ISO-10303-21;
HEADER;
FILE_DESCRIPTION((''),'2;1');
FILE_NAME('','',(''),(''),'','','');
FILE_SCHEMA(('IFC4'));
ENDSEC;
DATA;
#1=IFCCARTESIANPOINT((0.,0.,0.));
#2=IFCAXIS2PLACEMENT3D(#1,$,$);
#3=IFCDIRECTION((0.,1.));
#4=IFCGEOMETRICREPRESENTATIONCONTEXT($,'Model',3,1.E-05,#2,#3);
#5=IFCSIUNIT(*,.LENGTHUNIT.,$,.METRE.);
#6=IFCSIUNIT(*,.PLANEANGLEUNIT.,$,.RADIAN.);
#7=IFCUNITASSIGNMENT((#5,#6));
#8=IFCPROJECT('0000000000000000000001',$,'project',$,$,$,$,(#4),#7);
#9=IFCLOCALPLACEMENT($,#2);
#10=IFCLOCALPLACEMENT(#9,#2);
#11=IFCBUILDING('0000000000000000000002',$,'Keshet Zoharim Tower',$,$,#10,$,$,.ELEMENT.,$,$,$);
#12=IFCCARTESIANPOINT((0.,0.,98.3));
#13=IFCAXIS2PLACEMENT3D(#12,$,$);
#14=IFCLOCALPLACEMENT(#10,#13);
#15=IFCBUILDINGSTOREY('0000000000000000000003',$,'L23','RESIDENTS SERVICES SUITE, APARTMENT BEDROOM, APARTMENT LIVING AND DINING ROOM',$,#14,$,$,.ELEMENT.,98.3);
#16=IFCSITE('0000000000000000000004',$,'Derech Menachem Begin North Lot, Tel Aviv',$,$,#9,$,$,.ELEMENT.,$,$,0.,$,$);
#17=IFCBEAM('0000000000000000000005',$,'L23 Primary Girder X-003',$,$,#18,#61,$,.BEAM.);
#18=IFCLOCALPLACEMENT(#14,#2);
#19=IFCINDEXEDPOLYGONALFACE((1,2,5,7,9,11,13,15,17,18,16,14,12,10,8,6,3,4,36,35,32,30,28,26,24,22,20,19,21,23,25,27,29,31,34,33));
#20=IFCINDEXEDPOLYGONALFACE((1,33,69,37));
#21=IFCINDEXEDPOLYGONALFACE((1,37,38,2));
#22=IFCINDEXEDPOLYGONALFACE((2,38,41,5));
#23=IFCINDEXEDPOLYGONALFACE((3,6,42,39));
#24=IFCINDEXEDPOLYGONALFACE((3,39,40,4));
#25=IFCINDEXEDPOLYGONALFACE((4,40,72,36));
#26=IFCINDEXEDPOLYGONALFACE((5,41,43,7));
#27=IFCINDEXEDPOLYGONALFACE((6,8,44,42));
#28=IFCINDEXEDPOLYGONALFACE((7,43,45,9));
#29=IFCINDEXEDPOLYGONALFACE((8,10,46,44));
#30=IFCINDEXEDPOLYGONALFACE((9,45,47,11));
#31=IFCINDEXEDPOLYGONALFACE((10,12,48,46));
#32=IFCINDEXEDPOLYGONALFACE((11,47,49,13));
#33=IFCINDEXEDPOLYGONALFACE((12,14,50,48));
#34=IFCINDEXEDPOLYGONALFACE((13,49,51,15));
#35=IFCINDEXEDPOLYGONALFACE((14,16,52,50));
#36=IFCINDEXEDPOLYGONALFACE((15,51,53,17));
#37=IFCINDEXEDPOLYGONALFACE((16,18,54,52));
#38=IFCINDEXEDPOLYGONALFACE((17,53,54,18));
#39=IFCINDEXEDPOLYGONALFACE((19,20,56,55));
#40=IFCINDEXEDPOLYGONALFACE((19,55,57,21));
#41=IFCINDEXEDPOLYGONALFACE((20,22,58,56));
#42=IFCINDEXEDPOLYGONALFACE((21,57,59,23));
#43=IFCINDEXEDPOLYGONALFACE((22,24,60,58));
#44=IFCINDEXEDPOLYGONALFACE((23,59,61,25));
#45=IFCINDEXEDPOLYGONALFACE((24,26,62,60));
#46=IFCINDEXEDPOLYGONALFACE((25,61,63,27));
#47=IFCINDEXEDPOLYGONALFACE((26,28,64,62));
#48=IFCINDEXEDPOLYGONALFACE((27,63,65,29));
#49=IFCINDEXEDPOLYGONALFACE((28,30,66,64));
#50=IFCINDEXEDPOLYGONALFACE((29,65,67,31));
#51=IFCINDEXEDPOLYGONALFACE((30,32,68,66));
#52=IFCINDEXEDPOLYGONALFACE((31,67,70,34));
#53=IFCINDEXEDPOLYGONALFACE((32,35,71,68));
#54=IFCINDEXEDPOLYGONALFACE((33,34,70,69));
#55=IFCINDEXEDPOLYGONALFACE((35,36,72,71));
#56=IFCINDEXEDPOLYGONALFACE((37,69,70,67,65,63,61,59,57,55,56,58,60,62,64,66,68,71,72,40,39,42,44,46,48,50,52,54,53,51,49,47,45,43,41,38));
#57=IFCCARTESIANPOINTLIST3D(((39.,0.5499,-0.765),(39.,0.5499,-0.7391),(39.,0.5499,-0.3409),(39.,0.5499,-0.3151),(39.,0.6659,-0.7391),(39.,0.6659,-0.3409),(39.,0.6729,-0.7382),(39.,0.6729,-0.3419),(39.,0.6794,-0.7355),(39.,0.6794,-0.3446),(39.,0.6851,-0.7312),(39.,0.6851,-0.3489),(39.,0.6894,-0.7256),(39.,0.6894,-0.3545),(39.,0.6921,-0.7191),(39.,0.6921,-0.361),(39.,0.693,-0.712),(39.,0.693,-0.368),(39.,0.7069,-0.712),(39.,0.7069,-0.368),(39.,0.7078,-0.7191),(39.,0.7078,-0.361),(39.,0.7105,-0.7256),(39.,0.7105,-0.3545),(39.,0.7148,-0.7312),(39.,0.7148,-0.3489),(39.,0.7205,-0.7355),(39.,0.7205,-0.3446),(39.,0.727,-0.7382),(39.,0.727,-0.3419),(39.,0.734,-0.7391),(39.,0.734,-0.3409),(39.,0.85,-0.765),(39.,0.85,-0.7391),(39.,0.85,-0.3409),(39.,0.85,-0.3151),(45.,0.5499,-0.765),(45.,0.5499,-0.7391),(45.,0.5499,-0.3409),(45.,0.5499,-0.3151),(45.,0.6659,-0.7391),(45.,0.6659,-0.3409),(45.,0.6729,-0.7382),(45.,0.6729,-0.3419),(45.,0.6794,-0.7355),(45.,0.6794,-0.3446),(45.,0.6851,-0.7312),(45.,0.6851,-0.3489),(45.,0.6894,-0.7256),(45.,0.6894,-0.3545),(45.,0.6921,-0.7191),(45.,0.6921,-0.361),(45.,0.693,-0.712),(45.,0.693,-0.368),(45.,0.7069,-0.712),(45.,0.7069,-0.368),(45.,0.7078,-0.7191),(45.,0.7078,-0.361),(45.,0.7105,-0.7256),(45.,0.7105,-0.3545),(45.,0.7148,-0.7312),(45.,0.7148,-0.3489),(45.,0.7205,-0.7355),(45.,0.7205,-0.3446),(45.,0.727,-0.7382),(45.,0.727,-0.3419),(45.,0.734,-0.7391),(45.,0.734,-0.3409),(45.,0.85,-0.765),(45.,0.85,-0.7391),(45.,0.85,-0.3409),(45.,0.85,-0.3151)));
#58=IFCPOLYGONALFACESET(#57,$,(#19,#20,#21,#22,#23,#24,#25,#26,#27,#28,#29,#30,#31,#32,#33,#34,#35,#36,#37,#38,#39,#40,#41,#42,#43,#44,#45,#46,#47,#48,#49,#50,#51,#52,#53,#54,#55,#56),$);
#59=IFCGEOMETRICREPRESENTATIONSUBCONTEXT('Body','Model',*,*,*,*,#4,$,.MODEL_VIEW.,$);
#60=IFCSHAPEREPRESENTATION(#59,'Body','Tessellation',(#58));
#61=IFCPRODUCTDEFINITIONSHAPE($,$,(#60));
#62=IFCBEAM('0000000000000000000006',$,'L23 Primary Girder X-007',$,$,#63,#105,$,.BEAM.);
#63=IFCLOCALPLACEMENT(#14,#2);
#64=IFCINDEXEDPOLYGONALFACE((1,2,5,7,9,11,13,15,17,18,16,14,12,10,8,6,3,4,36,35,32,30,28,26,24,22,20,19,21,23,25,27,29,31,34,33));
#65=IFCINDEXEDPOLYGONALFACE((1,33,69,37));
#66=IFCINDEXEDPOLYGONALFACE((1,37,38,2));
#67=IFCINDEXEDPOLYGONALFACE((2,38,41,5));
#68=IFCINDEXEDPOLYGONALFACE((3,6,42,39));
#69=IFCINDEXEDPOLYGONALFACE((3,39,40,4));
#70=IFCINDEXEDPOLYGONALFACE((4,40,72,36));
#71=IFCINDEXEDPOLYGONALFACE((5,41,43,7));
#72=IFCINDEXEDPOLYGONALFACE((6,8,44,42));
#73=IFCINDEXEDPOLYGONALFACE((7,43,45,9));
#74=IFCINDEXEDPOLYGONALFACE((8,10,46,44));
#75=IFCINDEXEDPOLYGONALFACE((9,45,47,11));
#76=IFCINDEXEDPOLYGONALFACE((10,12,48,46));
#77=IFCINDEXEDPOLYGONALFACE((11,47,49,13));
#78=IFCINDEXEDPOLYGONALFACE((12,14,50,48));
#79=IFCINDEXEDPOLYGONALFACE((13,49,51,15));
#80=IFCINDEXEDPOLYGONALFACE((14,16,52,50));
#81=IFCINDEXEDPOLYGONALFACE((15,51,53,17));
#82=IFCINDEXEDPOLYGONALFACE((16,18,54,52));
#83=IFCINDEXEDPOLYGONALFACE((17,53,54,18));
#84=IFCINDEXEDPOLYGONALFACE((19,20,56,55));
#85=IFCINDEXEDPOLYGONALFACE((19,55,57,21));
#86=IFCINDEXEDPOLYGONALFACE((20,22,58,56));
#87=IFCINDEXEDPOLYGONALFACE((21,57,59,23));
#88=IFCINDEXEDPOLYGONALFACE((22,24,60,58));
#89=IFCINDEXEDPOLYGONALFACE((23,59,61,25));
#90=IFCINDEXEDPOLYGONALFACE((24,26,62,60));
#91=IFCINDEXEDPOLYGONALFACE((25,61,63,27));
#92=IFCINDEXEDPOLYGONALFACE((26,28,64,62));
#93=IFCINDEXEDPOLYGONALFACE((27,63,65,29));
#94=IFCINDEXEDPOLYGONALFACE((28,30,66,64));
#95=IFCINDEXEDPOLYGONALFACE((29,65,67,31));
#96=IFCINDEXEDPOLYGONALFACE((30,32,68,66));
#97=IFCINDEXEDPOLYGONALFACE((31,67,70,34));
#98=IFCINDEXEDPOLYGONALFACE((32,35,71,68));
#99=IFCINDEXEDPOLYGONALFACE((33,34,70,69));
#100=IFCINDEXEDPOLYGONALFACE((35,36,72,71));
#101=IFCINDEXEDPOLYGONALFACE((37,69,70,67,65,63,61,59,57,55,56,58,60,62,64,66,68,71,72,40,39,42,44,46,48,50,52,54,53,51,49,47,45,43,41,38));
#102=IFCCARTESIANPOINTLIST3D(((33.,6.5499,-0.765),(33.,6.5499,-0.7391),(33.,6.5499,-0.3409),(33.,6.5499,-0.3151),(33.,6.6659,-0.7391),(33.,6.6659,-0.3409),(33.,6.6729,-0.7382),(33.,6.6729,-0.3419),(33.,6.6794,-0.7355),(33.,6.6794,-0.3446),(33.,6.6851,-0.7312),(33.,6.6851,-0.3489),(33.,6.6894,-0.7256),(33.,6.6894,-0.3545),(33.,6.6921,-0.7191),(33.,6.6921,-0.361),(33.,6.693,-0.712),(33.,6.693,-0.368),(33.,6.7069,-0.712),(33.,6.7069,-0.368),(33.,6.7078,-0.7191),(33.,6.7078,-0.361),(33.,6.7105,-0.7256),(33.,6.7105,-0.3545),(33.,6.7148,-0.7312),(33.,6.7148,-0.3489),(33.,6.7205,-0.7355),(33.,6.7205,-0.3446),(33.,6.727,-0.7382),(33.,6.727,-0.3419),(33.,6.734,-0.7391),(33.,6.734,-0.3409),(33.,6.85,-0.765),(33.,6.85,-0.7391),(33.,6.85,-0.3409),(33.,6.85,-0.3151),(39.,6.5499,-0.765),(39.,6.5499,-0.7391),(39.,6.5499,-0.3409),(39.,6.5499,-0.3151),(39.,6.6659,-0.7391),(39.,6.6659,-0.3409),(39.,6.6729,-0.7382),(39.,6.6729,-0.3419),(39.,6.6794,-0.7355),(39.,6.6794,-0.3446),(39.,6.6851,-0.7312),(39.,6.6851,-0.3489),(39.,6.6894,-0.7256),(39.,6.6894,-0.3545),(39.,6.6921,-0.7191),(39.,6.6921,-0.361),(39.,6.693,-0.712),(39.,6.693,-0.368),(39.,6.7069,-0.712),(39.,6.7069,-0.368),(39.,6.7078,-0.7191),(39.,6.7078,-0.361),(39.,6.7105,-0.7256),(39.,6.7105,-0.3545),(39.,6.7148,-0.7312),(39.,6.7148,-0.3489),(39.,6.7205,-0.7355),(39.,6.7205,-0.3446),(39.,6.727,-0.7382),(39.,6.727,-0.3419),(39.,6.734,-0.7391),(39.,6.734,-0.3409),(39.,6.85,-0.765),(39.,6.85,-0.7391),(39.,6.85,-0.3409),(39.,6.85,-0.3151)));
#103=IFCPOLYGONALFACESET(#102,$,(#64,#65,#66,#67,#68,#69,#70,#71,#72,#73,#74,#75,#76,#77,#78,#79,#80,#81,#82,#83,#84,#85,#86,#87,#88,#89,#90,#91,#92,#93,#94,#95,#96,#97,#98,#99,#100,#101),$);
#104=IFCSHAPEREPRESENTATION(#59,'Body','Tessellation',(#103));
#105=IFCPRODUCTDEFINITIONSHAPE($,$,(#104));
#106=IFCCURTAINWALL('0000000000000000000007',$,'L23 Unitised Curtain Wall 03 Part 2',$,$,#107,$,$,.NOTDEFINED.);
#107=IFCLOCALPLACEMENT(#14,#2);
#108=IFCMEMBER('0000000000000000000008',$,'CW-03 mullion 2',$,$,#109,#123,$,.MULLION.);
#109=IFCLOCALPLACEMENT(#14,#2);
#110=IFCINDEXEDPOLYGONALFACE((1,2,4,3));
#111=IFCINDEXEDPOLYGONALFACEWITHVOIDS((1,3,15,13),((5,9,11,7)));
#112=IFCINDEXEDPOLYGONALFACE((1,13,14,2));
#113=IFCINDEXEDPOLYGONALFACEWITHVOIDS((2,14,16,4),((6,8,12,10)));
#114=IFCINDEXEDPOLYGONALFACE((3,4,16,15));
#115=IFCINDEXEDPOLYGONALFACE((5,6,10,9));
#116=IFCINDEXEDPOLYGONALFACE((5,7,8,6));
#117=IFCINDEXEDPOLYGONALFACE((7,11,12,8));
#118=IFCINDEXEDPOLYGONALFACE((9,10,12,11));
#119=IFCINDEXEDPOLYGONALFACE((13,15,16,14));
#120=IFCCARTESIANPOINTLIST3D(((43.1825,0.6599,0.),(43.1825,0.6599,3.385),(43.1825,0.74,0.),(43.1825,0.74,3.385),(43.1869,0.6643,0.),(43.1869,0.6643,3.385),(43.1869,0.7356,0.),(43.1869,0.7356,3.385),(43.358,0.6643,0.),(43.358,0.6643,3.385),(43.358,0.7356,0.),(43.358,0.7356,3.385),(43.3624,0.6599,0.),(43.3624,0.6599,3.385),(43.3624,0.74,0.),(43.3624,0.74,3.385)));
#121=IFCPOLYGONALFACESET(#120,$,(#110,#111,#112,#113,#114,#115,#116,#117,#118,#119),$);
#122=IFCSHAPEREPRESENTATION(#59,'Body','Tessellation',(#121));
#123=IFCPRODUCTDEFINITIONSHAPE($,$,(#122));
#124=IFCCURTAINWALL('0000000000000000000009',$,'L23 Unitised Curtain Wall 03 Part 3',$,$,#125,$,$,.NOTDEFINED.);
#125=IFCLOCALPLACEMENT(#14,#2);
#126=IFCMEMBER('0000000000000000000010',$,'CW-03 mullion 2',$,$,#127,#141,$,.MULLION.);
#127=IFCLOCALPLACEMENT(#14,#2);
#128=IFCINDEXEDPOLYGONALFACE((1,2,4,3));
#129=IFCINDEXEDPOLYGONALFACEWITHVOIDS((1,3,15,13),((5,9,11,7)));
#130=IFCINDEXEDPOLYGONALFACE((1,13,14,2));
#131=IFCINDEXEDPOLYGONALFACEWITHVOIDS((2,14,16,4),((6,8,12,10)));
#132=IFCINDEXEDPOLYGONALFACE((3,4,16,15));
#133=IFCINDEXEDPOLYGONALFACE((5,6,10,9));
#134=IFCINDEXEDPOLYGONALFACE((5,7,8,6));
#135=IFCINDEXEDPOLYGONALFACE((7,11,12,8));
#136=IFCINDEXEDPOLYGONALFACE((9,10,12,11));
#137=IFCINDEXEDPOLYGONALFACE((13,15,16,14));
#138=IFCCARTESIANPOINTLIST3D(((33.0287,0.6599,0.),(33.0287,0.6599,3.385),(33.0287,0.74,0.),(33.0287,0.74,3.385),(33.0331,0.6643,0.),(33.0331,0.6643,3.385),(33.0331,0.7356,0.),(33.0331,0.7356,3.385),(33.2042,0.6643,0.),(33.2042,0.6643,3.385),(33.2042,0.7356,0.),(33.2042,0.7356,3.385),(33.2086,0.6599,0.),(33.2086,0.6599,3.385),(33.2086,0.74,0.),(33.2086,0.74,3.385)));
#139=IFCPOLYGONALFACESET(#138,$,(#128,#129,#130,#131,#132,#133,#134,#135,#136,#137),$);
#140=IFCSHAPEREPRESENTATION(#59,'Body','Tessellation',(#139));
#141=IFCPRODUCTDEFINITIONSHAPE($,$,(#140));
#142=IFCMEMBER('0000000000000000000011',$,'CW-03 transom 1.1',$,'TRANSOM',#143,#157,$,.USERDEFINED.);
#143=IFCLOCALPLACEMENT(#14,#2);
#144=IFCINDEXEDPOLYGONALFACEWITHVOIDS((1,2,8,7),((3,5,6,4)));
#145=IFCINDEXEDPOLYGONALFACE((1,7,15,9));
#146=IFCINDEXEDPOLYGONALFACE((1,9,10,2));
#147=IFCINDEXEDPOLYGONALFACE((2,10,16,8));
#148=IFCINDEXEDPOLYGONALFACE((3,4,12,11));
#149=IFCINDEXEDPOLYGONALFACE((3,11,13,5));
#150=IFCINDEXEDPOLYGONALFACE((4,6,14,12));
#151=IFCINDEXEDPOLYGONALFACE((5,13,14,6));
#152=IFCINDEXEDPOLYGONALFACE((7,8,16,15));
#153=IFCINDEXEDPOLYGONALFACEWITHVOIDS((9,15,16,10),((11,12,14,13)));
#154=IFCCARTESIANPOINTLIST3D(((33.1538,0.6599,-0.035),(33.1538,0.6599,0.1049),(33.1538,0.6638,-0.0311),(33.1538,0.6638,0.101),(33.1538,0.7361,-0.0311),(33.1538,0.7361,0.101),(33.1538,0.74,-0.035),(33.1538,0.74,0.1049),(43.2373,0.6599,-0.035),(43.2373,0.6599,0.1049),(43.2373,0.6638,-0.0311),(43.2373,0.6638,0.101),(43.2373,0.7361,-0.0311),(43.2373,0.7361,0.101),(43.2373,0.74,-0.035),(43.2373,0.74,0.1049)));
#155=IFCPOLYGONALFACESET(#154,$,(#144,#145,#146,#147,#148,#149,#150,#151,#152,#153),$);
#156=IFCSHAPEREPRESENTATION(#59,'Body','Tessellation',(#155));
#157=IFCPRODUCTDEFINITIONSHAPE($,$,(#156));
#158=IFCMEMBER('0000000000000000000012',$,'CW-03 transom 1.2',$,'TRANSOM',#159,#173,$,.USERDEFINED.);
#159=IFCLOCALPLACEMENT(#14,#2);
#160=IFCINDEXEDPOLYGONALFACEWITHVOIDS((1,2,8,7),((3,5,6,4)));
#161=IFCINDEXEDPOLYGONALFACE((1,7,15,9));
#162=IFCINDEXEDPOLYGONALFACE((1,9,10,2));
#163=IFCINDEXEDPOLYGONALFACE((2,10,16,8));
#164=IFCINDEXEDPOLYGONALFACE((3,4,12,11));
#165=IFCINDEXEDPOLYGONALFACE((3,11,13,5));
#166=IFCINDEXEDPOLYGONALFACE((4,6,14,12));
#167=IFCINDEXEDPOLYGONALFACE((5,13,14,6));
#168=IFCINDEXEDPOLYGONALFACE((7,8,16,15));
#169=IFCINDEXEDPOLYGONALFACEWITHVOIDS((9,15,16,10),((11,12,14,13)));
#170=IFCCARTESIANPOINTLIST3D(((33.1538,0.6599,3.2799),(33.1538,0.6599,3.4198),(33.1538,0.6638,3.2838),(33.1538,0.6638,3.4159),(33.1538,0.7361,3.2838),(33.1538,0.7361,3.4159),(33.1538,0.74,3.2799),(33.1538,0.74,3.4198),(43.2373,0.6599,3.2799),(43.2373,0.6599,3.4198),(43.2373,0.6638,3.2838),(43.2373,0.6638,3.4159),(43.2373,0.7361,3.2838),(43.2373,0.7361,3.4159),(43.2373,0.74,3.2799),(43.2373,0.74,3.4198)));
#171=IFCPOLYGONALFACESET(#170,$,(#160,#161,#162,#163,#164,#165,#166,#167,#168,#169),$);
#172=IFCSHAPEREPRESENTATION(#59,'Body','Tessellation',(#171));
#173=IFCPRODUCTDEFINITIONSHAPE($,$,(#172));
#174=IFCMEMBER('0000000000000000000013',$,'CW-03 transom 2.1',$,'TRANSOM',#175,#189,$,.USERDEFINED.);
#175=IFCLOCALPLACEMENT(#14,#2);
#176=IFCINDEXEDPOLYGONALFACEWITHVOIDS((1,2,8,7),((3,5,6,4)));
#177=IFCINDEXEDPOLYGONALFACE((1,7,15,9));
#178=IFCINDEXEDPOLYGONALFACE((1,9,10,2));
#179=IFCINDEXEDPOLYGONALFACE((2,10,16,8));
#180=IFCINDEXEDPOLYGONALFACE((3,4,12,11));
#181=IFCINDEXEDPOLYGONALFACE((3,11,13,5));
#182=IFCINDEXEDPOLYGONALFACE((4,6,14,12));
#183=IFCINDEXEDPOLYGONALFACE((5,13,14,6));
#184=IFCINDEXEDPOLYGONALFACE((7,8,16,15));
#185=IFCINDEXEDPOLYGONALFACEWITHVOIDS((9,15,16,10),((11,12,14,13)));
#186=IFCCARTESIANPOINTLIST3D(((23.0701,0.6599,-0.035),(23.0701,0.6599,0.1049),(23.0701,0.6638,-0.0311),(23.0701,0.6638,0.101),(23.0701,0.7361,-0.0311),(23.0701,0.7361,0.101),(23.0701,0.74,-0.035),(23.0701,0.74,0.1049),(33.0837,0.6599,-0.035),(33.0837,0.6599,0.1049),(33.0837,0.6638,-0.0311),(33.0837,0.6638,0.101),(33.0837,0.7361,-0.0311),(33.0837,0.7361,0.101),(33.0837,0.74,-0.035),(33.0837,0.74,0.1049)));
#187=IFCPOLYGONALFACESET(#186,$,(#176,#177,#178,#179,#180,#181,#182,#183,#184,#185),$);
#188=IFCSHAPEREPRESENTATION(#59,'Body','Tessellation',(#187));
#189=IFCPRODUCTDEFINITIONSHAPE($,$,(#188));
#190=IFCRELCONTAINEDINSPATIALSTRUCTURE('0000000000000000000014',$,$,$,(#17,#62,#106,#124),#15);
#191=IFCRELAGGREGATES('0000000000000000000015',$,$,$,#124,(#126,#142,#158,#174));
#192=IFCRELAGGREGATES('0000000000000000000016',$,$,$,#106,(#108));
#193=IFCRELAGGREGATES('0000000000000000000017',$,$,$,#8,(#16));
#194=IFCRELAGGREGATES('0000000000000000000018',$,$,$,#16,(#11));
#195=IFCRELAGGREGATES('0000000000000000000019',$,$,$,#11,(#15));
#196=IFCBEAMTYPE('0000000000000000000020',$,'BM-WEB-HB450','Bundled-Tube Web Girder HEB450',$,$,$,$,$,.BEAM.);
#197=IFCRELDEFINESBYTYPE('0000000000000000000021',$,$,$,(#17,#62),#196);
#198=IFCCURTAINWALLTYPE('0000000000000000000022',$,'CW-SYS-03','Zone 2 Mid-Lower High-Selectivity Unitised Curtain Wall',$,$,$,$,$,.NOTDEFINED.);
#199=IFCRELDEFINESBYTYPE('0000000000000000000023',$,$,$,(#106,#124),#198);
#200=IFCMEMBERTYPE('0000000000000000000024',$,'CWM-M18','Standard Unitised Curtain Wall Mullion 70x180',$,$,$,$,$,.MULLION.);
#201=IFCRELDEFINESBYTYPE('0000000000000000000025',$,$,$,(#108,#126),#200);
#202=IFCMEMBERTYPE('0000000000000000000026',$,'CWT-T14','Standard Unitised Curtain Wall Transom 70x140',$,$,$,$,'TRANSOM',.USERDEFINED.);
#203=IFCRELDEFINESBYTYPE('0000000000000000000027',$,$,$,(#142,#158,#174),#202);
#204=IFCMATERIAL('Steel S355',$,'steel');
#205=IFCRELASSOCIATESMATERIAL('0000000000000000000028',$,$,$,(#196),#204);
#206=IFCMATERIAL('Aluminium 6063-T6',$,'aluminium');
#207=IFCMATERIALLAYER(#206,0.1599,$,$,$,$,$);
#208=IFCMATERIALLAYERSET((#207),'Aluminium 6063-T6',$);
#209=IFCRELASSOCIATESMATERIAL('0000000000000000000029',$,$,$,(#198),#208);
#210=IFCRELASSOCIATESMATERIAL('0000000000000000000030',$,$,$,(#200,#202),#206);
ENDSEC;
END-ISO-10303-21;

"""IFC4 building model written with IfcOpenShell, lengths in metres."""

from ifc_helpers import new_model, si_unit, direction, frame, origin, origin_2d, place, context, subcontext, project, spatial, hollow_rectangle, i_section, extrude, material, layer, layer_set, material_profile, profile_set, type_object, element, aggregate, save


model = new_model("IFC4")

# Units and contexts
model_context = context("Model", 3, precision=1e-05, world=origin(), true_north=direction((0.0, 1.0)))
body_context = subcontext(model_context, "Body", "Model", "MODEL_VIEW")
ifc_project = project(units=[si_unit("LENGTHUNIT", "METRE"), si_unit("PLANEANGLEUNIT", "RADIAN")], contexts=[model_context])

# Site, building, storey
site_placement = place(None, origin())
site = spatial("IfcSite", under=ifc_project, at=site_placement, Name="Derech Menachem Begin North Lot, Tel Aviv", CompositionType="ELEMENT", RefElevation=0.0)
building_placement = place(site_placement, origin())
building = spatial("IfcBuilding", under=site, at=building_placement, Name="Keshet Zoharim Tower", CompositionType="ELEMENT")
storey_placement = place(building_placement, frame((0.0, 0.0, 98.3)))
storey = spatial("IfcBuildingStorey", under=building, at=storey_placement, Name="L23", Description="RESIDENTS SERVICES SUITE, APARTMENT BEDROOM, APARTMENT LIVING AND DINING ROOM", CompositionType="ELEMENT", Elevation=98.3)

# Shared definitions
ifc_material_1 = material(Name="Steel S355", Category="steel")

# Beams
ifc_material_profile_1 = material_profile(ifc_material_1, i_section(OverallWidth=0.3, OverallDepth=0.45, WebThickness=0.0139, FlangeThickness=0.0259, FilletRadius=0.0271, at=origin_2d()), Name="HEB450")
ifc_profile_set_1 = profile_set([ifc_material_profile_1], Name="Steel S355")
beam_type_1 = type_object("IfcBeamType", Name="BM-WEB-HB450", Description="Bundled-Tube Web Girder HEB450", PredefinedType="BEAM", material=ifc_profile_set_1)
for number, where, z_axis, x_axis, name in (
    (1, (39.0, 0.7, -0.54), (1.0, 0.0, 0.0), (0.0, 1.0, 0.0), "L23 Primary Girder X-003"),
    (2, (33.0, 6.7, -0.54), (1.0, 0.0, 0.0), (0.0, 1.0, 0.0), "L23 Primary Girder X-007"),
):
    element("IfcBeam", number, at=place(storey_placement, frame(where, z_axis=z_axis, x_axis=x_axis)), inside=storey, type_object=beam_type_1, Name=name, PredefinedType="BEAM", context=body_context, shape_type="SweptSolid", body=[
        extrude(i_section(OverallWidth=0.3, OverallDepth=0.45, WebThickness=0.0139, FlangeThickness=0.0259, FilletRadius=0.0271, at=origin_2d()), origin(), (0.0, 0.0, 1.0), 6.0),
    ])

# Curtain wall, member
ifc_material_2 = material(Name="Aluminium 6063-T6", Category="aluminium")
ifc_layer_1 = layer(ifc_material_2, 0.1599)
ifc_layer_set_1 = layer_set([ifc_layer_1], Name="Aluminium 6063-T6")
curtain_wall_type = type_object("IfcCurtainWallType", Name="CW-SYS-03", Description="Zone 2 Mid-Lower High-Selectivity Unitised Curtain Wall", PredefinedType="NOTDEFINED", material=ifc_layer_set_1)
curtain_wall_1_placement = place(storey_placement, origin())
curtain_wall_1 = element("IfcCurtainWall", 3, at=curtain_wall_1_placement, inside=storey, type_object=curtain_wall_type, Name="L23 Unitised Curtain Wall 03 Part 2", PredefinedType="NOTDEFINED")
ifc_material_profile_2 = material_profile(ifc_material_2, hollow_rectangle(XDim=0.0801, YDim=0.1799, WallThickness=0.0044, at=origin_2d()), Name="MUL-80x180")
ifc_profile_set_2 = profile_set([ifc_material_profile_2], Name="Aluminium 6063-T6")
member_type_1 = type_object("IfcMemberType", Name="CWM-M18", Description="Standard Unitised Curtain Wall Mullion 70x180", PredefinedType="MULLION", material=ifc_profile_set_2)
member_1_placement = place(storey_placement, frame((43.2725, 0.7, 0.0), z_axis=(0.0, 0.0, 1.0), x_axis=(0.0, -1.0, 0.0)))
member_1 = element("IfcMember", 4, at=member_1_placement, type_object=member_type_1, Name="CW-03 mullion 2", PredefinedType="MULLION", context=body_context, shape_type="SweptSolid", body=[
    extrude(hollow_rectangle(XDim=0.0801, YDim=0.1799, WallThickness=0.0044, at=origin_2d()), origin(), (0.0, 0.0, 1.0), 3.385),
])

# Curtain wall, members
curtain_wall_2_placement = place(storey_placement, origin())
curtain_wall_2 = element("IfcCurtainWall", 5, at=curtain_wall_2_placement, inside=storey, type_object=curtain_wall_type, Name="L23 Unitised Curtain Wall 03 Part 3", PredefinedType="NOTDEFINED")
member_2_placement = place(storey_placement, frame((33.1187, 0.7, 0.0), z_axis=(0.0, 0.0, 1.0), x_axis=(0.0, -1.0, 0.0)))
member_2 = element("IfcMember", 6, at=member_2_placement, type_object=member_type_1, Name="CW-03 mullion 2", PredefinedType="MULLION", context=body_context, shape_type="SweptSolid", body=[
    extrude(hollow_rectangle(XDim=0.0801, YDim=0.1799, WallThickness=0.0044, at=origin_2d()), origin(), (0.0, 0.0, 1.0), 3.385),
])
ifc_material_profile_3 = material_profile(ifc_material_2, hollow_rectangle(XDim=0.0801, YDim=0.1399, WallThickness=0.0039, at=origin_2d()), Name="TRN-80x140")
ifc_profile_set_3 = profile_set([ifc_material_profile_3], Name="Aluminium 6063-T6")
member_type_2 = type_object("IfcMemberType", Name="CWT-T14", Description="Standard Unitised Curtain Wall Transom 70x140", ElementType="TRANSOM", PredefinedType="USERDEFINED", material=ifc_profile_set_3)
member_3_placement = place(storey_placement, frame((43.2373, 0.7, 0.0349), z_axis=(-1.0, 0.0, 0.0), x_axis=(0.0, -1.0, 0.0)))
member_3 = element("IfcMember", 7, at=member_3_placement, type_object=member_type_2, Name="CW-03 transom 1.1", ObjectType="TRANSOM", PredefinedType="USERDEFINED", context=body_context, shape_type="SweptSolid", body=[
    extrude(hollow_rectangle(XDim=0.0801, YDim=0.1399, WallThickness=0.0039, at=origin_2d()), origin(), (0.0, 0.0, 1.0), 10.0835),
])
member_4_placement = place(storey_placement, frame((43.2373, 0.7, 3.3499), z_axis=(-1.0, 0.0, 0.0), x_axis=(0.0, -1.0, 0.0)))
member_4 = element("IfcMember", 8, at=member_4_placement, type_object=member_type_2, Name="CW-03 transom 1.2", ObjectType="TRANSOM", PredefinedType="USERDEFINED", context=body_context, shape_type="SweptSolid", body=[
    extrude(hollow_rectangle(XDim=0.0801, YDim=0.1399, WallThickness=0.0039, at=origin_2d()), origin(), (0.0, 0.0, 1.0), 10.0835),
])
member_5_placement = place(storey_placement, frame((33.0837, 0.7, 0.0349), z_axis=(-1.0, 0.0, 0.0), x_axis=(0.0, -1.0, 0.0)))
member_5 = element("IfcMember", 9, at=member_5_placement, type_object=member_type_2, Name="CW-03 transom 2.1", ObjectType="TRANSOM", PredefinedType="USERDEFINED", context=body_context, shape_type="SweptSolid", body=[
    extrude(hollow_rectangle(XDim=0.0801, YDim=0.1399, WallThickness=0.0039, at=origin_2d()), origin(), (0.0, 0.0, 1.0), 10.0137),
])
aggregate(curtain_wall_2, [member_2, member_3, member_4, member_5])

aggregate(curtain_wall_1, [member_1])

save(model, "model.ifc")
